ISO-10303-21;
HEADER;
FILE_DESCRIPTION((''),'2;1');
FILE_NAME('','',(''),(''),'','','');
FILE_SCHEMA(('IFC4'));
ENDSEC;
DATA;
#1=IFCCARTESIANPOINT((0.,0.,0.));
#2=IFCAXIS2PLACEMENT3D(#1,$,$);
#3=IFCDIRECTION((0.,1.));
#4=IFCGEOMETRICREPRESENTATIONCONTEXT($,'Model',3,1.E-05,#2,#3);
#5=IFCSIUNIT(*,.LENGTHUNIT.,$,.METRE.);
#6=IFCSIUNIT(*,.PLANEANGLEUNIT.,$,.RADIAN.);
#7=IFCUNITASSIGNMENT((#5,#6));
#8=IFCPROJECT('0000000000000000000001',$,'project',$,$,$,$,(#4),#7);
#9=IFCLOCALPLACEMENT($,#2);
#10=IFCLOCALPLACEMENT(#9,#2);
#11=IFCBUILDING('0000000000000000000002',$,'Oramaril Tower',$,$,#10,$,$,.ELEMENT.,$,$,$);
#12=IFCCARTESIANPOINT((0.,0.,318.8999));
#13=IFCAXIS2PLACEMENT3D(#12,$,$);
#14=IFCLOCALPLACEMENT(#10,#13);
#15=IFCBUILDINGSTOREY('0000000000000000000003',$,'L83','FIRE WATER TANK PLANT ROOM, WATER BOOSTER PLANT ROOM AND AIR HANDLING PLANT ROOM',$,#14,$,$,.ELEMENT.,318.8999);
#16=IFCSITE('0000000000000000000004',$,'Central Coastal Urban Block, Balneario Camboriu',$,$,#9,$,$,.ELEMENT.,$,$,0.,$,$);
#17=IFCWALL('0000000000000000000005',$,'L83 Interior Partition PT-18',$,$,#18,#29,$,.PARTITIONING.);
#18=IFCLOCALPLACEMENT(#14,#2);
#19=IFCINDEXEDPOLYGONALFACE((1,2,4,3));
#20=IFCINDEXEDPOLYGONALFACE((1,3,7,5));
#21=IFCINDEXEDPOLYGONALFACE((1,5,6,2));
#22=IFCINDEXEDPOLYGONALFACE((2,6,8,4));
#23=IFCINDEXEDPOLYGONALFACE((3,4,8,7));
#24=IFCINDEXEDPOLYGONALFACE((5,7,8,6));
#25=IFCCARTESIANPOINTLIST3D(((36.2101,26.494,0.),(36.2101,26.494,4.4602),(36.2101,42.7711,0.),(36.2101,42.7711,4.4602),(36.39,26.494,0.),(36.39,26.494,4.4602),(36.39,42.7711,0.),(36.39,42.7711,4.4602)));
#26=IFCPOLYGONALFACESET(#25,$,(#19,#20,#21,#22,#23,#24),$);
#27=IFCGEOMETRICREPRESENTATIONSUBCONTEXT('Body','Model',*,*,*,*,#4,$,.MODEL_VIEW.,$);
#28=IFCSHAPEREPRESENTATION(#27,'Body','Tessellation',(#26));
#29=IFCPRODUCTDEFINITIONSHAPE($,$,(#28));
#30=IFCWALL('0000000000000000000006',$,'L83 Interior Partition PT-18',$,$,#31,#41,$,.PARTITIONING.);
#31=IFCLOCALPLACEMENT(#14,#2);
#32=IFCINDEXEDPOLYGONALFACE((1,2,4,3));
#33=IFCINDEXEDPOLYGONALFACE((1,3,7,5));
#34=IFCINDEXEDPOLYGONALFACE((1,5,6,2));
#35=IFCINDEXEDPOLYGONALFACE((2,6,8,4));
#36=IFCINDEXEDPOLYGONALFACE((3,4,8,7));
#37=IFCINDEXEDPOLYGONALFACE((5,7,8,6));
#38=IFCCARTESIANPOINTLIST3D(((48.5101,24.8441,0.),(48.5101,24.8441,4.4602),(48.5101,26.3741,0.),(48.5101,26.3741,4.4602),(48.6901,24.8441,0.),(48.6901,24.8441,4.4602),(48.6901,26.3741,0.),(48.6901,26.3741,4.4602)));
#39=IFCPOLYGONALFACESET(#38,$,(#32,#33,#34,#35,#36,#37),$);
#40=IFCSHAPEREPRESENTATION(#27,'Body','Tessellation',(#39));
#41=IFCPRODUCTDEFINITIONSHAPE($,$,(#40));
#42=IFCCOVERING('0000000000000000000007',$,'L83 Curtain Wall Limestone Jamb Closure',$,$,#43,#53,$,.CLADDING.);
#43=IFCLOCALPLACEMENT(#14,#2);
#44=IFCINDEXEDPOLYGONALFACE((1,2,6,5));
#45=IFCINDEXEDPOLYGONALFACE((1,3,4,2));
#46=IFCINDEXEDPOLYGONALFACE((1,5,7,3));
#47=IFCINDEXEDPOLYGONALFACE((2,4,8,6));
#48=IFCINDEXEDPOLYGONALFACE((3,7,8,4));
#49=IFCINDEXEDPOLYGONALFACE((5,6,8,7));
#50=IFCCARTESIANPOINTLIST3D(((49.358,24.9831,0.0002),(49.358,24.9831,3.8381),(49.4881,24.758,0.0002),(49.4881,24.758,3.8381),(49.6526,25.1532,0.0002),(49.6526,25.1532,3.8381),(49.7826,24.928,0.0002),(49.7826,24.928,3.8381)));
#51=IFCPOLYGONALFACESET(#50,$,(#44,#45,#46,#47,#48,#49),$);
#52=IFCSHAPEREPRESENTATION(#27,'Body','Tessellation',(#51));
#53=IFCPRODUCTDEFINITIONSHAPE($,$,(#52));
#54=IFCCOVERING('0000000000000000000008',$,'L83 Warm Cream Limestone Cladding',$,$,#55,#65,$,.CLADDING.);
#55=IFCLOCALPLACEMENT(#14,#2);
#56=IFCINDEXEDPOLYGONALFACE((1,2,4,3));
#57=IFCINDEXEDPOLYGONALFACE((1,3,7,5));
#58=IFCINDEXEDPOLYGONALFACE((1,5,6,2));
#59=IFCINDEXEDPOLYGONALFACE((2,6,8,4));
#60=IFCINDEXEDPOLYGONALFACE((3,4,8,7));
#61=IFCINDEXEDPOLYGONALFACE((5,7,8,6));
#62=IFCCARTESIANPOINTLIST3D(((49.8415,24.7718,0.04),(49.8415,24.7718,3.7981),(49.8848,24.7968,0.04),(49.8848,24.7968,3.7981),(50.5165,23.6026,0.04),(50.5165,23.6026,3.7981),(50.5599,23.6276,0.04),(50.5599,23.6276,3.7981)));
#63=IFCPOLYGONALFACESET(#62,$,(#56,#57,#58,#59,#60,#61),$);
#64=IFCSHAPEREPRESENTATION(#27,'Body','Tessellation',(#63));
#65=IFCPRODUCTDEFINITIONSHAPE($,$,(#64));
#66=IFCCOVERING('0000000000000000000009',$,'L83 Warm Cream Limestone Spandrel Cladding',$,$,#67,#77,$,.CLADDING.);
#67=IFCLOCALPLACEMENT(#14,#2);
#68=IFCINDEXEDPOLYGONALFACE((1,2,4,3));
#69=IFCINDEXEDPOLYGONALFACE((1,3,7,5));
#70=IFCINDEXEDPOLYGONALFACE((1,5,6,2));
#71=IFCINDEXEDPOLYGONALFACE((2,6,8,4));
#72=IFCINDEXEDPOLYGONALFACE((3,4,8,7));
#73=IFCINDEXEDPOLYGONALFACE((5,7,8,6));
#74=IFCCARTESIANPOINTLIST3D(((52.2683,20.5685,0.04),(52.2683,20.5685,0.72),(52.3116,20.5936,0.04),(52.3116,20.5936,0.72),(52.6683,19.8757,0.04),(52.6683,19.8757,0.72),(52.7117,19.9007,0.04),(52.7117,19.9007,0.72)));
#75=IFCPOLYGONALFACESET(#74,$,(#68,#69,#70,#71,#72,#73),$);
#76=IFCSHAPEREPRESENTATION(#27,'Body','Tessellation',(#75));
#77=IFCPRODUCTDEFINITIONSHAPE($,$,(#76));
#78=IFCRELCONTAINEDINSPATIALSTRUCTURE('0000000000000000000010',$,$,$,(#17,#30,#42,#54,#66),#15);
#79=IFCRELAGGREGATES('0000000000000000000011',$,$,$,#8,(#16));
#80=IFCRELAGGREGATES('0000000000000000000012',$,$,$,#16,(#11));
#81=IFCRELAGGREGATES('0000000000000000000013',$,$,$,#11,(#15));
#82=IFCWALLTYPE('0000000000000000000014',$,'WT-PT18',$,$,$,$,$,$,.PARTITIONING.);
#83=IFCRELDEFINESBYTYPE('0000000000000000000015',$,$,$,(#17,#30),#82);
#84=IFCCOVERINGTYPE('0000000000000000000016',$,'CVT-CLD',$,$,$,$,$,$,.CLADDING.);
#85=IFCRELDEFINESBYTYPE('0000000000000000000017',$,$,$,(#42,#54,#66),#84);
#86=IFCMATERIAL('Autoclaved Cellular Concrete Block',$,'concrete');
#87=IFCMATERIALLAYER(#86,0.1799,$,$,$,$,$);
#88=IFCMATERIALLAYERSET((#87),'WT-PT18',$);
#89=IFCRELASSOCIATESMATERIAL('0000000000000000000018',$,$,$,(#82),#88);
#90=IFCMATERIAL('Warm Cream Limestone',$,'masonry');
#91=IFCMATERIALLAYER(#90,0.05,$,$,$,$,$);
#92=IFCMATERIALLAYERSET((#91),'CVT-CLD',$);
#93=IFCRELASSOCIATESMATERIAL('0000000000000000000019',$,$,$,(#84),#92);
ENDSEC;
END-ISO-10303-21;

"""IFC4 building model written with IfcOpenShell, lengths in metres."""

from ifc_helpers import new_model, si_unit, direction, frame, frame_2d, origin, origin_2d, place, context, subcontext, project, spatial, rectangle, extrude, material, layer, layer_set, type_object, element, save


model = new_model("IFC4")

# Units and contexts
model_context = context("Model", 3, precision=1e-05, world=origin(), true_north=direction((0.0, 1.0)))
body_context = subcontext(model_context, "Body", "Model", "MODEL_VIEW")
ifc_project = project(units=[si_unit("LENGTHUNIT", "METRE"), si_unit("PLANEANGLEUNIT", "RADIAN")], contexts=[model_context])

# Site, building, storey
site_placement = place(None, origin())
site = spatial("IfcSite", under=ifc_project, at=site_placement, Name="Central Coastal Urban Block, Balneario Camboriu", CompositionType="ELEMENT", RefElevation=0.0)
building_placement = place(site_placement, origin())
building = spatial("IfcBuilding", under=site, at=building_placement, Name="Oramaril Tower", CompositionType="ELEMENT")
storey_placement = place(building_placement, frame((0.0, 0.0, 318.8999)))
storey = spatial("IfcBuildingStorey", under=building, at=storey_placement, Name="L83", Description="FIRE WATER TANK PLANT ROOM, WATER BOOSTER PLANT ROOM AND AIR HANDLING PLANT ROOM", CompositionType="ELEMENT", Elevation=318.8999)

# Walls
ifc_material_1 = material(Name="Autoclaved Cellular Concrete Block", Category="concrete")
ifc_layer_1 = layer(ifc_material_1, 0.1799)
ifc_layer_set_1 = layer_set([ifc_layer_1], Name="WT-PT18")
wall_type_1 = type_object("IfcWallType", Name="WT-PT18", PredefinedType="PARTITIONING", material=ifc_layer_set_1)
wall_1_placement = place(storey_placement, frame((36.3, 26.4939, 0.0), z_axis=(0.0, 0.0, 1.0), x_axis=(0.0, 1.0, 0.0)))
element("IfcWall", 1, at=wall_1_placement, inside=storey, type_object=wall_type_1, Name="L83 Interior Partition PT-18", PredefinedType="PARTITIONING", context=body_context, shape_type="SweptSolid", body=[
    extrude(rectangle(XDim=16.2771, YDim=0.1799, at=frame_2d((8.1387, 0.0))), origin(), (0.0, 0.0, 1.0), 4.4602),
])
wall_2_placement = place(storey_placement, frame((48.6001, 24.844, 0.0), z_axis=(0.0, 0.0, 1.0), x_axis=(0.0, 1.0, 0.0)))
element("IfcWall", 2, at=wall_2_placement, inside=storey, type_object=wall_type_1, Name="L83 Interior Partition PT-18", PredefinedType="PARTITIONING", context=body_context, shape_type="SweptSolid", body=[
    extrude(rectangle(XDim=1.53, YDim=0.1799, at=frame_2d((0.7651, 0.0))), origin(), (0.0, 0.0, 1.0), 4.4602),
])

# Coverings
ifc_material_2 = material(Name="Warm Cream Limestone", Category="masonry")
ifc_layer_2 = layer(ifc_material_2, 0.05)
ifc_layer_set_2 = layer_set([ifc_layer_2], Name="CVT-CLD")
covering_type = type_object("IfcCoveringType", Name="CVT-CLD", PredefinedType="CLADDING", material=ifc_layer_set_2)
covering_1_placement = place(storey_placement, frame((49.5703, 24.9556, 0.0002), z_axis=(0.0, 0.0, 1.0), x_axis=(-0.5, 0.866025, 0.0)))
element("IfcCovering", 3, at=covering_1_placement, inside=storey, type_object=covering_type, Name="L83 Curtain Wall Limestone Jamb Closure", PredefinedType="CLADDING", context=body_context, shape_type="SweptSolid", body=[
    extrude(rectangle(XDim=0.26, YDim=0.3401, at=origin_2d()), origin(), (0.0, 0.0, 1.0), 3.8379),
])
covering_2_placement = place(storey_placement, frame((50.2007, 24.1997, 0.04), z_axis=(0.0, 0.0, 1.0), x_axis=(-0.5, 0.866025, 0.0)))
element("IfcCovering", 4, at=covering_2_placement, inside=storey, type_object=covering_type, Name="L83 Warm Cream Limestone Cladding", PredefinedType="CLADDING", context=body_context, shape_type="SweptSolid", body=[
    extrude(rectangle(XDim=1.3501, YDim=0.05, at=origin_2d()), origin(), (0.0, 0.0, 1.0), 3.7581),
])
covering_3_placement = place(storey_placement, frame((52.49, 20.2346, 0.04), z_axis=(0.0, 0.0, 1.0), x_axis=(-0.5, 0.866025, 0.0)))
element("IfcCovering", 5, at=covering_3_placement, inside=storey, type_object=covering_type, Name="L83 Warm Cream Limestone Spandrel Cladding", PredefinedType="CLADDING", context=body_context, shape_type="SweptSolid", body=[
    extrude(rectangle(XDim=0.8, YDim=0.05, at=origin_2d()), origin(), (0.0, 0.0, 1.0), 0.6799),
])

save(model, "model.ifc")
